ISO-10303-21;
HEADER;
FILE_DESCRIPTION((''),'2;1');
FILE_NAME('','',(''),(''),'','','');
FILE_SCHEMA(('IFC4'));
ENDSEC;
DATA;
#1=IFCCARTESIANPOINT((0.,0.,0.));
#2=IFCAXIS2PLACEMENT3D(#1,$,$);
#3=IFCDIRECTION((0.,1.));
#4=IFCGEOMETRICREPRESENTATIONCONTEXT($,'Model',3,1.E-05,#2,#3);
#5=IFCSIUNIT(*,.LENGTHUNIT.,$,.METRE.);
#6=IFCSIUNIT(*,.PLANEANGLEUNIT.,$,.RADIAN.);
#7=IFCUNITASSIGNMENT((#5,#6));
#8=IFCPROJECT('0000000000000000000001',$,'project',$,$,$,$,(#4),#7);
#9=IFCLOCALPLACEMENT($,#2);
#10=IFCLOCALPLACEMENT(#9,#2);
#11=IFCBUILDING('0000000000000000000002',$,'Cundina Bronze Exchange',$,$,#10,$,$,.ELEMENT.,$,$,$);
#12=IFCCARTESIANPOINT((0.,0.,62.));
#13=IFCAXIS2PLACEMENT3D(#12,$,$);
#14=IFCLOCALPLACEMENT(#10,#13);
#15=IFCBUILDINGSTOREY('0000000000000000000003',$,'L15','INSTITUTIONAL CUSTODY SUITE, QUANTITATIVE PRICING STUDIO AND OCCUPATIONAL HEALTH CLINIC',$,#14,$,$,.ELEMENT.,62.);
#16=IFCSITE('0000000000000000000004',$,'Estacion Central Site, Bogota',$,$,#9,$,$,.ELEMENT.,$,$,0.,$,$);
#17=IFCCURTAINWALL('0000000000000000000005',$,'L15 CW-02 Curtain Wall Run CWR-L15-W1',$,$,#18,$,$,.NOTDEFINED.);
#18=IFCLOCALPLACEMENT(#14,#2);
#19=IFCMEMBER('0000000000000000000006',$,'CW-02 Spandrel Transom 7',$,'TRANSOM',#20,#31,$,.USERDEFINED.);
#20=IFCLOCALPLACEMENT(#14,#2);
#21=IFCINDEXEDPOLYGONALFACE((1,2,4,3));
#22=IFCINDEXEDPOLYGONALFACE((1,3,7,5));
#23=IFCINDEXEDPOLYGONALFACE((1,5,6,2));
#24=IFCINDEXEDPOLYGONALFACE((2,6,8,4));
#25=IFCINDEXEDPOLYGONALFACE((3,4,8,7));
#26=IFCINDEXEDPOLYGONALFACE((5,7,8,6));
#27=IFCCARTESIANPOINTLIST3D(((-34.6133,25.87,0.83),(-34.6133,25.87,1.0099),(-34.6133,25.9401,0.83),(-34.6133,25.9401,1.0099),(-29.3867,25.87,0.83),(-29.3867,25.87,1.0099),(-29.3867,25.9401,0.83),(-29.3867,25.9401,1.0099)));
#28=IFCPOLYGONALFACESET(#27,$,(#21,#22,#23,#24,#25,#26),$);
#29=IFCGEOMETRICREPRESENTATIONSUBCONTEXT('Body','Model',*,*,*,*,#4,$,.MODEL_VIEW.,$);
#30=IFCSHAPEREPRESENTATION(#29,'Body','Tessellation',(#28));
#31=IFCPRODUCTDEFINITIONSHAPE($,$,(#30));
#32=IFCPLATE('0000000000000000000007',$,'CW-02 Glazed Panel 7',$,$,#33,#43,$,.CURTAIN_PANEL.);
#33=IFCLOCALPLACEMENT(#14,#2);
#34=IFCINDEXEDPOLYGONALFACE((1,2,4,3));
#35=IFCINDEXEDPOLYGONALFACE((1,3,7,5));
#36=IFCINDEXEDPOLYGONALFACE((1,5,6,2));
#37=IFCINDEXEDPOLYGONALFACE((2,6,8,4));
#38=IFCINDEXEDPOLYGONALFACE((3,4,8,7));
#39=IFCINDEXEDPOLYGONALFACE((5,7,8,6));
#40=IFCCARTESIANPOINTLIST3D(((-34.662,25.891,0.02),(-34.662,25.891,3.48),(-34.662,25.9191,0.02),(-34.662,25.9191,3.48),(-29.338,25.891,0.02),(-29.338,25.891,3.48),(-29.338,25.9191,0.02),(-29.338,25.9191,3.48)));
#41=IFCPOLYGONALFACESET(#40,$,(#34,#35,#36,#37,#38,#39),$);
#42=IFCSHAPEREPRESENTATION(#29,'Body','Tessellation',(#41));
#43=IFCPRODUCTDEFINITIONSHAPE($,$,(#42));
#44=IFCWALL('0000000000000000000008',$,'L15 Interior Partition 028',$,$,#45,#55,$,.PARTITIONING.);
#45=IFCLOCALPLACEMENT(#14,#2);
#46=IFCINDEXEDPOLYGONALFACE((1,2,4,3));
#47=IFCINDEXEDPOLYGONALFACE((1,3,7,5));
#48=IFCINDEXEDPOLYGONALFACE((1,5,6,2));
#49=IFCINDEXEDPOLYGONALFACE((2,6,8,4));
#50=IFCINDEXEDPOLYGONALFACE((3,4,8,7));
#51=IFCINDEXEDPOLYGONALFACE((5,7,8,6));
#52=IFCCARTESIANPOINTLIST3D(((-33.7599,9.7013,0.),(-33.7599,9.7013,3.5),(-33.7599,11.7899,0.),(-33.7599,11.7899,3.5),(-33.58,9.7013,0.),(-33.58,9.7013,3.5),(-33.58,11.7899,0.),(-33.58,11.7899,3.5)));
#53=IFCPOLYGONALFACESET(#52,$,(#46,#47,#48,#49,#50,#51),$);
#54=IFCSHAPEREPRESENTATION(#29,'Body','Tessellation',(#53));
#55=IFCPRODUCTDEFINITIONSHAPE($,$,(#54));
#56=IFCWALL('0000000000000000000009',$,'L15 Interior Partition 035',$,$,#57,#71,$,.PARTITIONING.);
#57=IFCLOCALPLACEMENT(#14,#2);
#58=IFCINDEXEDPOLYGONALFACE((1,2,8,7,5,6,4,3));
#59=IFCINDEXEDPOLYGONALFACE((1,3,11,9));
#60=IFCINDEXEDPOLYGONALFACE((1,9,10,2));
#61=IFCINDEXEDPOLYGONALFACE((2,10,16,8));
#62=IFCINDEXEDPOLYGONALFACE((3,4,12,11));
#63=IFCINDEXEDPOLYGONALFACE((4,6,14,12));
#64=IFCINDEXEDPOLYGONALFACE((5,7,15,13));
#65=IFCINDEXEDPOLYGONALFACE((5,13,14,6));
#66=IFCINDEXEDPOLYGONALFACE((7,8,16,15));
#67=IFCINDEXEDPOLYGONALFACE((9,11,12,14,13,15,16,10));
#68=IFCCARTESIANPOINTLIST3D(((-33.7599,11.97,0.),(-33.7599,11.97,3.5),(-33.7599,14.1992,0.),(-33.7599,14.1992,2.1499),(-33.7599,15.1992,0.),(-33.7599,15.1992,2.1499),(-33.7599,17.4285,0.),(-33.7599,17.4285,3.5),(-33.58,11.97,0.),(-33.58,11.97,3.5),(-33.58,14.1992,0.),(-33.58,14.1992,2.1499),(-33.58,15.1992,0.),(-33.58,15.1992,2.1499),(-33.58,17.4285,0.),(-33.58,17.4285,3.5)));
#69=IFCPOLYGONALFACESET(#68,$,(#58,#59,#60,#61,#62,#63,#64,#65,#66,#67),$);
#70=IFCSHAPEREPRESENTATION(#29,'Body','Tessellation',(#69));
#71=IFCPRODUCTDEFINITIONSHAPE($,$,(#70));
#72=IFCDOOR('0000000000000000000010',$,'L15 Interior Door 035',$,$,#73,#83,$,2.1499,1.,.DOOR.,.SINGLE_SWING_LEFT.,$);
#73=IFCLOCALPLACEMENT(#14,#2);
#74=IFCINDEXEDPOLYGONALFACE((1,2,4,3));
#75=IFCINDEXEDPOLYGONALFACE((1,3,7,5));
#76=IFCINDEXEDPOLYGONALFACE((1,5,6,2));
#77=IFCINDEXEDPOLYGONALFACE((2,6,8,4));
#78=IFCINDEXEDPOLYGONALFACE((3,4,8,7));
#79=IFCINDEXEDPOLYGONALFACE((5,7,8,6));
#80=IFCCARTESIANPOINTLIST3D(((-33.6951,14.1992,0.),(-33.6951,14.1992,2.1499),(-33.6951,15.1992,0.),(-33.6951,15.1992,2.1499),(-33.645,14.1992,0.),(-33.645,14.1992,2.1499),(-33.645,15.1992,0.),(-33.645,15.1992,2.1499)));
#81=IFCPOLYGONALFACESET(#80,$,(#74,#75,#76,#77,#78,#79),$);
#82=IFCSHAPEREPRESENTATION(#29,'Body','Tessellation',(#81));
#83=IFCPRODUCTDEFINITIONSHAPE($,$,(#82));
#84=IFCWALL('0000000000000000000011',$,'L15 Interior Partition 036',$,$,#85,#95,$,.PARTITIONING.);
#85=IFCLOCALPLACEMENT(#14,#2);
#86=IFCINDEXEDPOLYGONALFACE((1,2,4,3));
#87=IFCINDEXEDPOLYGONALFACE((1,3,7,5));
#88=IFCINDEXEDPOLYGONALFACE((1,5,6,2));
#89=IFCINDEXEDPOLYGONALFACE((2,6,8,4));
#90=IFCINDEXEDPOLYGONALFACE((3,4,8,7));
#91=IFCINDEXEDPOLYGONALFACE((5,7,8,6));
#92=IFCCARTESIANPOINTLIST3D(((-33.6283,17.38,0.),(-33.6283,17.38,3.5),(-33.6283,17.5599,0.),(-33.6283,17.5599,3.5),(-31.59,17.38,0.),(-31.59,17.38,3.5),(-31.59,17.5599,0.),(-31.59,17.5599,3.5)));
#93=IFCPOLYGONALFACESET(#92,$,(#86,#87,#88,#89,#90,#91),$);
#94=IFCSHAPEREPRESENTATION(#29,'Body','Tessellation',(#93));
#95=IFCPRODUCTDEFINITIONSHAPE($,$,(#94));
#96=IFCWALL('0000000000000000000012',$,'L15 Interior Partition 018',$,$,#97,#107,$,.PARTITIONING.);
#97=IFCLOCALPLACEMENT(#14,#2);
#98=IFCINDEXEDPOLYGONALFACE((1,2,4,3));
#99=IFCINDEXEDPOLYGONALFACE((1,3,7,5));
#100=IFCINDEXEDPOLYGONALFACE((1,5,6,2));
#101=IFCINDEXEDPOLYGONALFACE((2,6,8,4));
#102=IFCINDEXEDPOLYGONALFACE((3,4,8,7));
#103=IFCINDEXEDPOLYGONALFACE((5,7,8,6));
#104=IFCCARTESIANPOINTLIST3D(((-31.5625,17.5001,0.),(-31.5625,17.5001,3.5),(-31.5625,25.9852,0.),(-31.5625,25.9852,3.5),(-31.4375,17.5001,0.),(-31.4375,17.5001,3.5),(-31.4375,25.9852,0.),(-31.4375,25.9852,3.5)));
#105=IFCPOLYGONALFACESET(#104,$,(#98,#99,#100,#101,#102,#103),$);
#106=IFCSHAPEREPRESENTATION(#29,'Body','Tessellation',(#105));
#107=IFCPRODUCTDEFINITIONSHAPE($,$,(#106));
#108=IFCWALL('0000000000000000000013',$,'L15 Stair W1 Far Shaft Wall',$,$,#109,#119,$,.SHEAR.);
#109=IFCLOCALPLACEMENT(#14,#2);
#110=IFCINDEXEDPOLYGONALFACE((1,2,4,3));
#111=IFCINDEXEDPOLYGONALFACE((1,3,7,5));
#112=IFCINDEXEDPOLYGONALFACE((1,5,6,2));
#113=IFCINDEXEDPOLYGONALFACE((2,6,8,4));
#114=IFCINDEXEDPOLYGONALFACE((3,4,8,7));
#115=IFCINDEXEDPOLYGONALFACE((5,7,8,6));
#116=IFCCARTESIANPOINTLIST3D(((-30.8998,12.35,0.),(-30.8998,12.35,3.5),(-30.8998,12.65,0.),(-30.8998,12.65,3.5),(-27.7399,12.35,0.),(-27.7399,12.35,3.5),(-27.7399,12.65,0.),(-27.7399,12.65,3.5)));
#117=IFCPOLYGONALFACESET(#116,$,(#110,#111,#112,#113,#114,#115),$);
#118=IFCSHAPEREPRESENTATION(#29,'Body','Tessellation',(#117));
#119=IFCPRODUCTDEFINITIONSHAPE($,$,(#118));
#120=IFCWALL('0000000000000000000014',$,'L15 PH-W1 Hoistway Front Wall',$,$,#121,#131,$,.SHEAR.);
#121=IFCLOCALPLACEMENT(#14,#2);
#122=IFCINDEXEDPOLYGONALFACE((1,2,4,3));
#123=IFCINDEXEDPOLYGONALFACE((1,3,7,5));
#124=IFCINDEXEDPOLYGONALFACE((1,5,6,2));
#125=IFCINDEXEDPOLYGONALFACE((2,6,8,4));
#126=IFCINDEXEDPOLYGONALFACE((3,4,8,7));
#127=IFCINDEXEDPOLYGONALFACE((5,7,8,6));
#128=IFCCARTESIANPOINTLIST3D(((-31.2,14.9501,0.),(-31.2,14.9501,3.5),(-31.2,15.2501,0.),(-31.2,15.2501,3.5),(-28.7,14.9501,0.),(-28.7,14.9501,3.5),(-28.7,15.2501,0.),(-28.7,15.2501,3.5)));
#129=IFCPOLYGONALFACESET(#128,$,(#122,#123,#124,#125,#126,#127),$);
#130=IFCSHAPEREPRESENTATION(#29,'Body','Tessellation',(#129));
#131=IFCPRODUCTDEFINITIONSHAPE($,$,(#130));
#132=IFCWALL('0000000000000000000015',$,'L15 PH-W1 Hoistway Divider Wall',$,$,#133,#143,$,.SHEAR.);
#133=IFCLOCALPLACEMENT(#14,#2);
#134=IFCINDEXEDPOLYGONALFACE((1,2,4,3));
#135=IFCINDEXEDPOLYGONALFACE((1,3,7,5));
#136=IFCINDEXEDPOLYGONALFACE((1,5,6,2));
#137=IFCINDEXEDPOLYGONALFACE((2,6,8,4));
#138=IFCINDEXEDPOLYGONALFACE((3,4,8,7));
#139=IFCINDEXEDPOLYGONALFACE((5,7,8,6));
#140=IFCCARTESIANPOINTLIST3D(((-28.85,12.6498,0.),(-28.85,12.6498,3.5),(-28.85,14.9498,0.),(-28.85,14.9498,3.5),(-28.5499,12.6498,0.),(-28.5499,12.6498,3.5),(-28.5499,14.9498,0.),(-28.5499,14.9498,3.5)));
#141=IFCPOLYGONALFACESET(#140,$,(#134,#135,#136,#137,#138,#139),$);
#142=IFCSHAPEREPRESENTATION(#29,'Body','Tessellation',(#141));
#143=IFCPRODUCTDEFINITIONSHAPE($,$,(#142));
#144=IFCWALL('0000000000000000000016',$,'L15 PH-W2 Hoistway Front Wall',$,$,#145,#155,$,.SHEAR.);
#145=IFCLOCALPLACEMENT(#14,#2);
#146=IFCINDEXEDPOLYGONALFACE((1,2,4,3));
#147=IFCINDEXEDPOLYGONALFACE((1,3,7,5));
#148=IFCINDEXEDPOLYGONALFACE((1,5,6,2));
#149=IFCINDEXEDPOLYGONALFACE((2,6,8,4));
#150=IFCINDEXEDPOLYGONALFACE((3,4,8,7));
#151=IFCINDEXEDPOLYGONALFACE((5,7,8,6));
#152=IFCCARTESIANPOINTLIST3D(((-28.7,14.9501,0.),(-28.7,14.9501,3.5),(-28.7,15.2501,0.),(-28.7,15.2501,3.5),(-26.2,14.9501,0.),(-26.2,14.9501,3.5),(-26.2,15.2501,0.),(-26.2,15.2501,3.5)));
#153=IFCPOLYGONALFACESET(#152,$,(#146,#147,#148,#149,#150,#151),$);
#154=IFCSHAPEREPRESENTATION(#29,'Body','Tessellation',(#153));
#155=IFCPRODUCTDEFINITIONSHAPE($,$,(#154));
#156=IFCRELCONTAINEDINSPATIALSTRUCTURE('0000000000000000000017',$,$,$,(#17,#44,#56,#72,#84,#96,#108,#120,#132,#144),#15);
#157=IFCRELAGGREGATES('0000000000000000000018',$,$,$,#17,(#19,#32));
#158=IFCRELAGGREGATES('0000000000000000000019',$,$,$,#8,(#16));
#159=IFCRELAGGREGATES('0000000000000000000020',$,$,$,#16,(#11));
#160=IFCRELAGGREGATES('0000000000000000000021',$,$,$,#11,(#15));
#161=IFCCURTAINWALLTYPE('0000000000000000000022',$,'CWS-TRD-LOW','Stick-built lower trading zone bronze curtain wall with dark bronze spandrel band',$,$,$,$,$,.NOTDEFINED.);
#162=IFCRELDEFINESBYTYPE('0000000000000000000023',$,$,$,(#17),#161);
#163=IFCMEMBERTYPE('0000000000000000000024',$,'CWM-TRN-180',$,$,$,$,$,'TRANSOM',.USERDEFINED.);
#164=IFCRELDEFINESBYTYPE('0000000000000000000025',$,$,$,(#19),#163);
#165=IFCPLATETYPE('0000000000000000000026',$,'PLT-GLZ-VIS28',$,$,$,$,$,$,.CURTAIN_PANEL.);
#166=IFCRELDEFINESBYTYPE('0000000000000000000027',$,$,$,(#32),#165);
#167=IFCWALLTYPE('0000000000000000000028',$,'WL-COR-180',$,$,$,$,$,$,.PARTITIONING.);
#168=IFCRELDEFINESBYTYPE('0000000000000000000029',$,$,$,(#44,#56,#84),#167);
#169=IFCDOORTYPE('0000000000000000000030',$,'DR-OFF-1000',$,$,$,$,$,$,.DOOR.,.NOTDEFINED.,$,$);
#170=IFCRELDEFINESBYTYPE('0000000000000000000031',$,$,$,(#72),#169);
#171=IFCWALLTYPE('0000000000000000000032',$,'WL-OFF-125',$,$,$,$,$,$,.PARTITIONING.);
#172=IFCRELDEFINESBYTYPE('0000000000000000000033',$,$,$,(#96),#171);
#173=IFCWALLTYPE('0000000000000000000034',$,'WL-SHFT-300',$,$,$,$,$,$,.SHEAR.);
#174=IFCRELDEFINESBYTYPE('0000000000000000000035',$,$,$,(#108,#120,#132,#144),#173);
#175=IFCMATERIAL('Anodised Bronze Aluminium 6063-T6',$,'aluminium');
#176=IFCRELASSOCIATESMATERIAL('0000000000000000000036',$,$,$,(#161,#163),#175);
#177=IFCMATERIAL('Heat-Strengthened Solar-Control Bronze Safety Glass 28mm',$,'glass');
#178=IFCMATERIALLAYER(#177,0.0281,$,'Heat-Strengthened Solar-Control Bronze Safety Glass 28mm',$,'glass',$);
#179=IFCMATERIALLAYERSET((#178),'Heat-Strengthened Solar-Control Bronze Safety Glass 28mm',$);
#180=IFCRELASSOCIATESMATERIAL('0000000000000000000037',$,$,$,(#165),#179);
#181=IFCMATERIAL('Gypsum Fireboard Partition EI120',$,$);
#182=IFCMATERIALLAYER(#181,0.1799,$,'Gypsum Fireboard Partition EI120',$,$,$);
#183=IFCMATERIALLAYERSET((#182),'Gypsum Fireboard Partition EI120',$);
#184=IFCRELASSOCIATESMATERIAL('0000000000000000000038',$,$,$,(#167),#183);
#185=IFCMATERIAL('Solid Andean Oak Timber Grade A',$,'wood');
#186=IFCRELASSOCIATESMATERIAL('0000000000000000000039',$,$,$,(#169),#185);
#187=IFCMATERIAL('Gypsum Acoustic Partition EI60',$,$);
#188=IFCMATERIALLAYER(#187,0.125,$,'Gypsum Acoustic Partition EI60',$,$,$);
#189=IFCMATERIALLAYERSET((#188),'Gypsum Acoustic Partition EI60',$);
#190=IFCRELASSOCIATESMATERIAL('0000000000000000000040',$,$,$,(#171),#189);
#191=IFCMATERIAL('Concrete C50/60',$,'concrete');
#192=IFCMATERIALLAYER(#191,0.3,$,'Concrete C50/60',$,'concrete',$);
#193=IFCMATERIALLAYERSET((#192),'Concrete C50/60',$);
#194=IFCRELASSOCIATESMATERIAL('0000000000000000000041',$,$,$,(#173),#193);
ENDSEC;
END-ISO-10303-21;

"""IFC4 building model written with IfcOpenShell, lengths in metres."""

from ifc_helpers import new_model, si_unit, direction, frame, frame_2d, origin, origin_2d, place, context, subcontext, project, spatial, rectangle, extrude, material, layer, layer_set, material_profile, profile_set, type_object, element, fill, aggregate, save


model = new_model("IFC4")

# Units and contexts
model_context = context("Model", 3, precision=1e-05, world=origin(), true_north=direction((0.0, 1.0)))
body_context = subcontext(model_context, "Body", "Model", "MODEL_VIEW")
ifc_project = project(units=[si_unit("LENGTHUNIT", "METRE"), si_unit("PLANEANGLEUNIT", "RADIAN")], contexts=[model_context])

# Site, building, storey
site_placement = place(None, origin())
site = spatial("IfcSite", under=ifc_project, at=site_placement, Name="Estacion Central Site, Bogota", CompositionType="ELEMENT", RefElevation=0.0)
building_placement = place(site_placement, origin())
building = spatial("IfcBuilding", under=site, at=building_placement, Name="Cundina Bronze Exchange", CompositionType="ELEMENT")
storey_placement = place(building_placement, frame((0.0, 0.0, 62.0)))
storey = spatial("IfcBuildingStorey", under=building, at=storey_placement, Name="L15", Description="INSTITUTIONAL CUSTODY SUITE, QUANTITATIVE PRICING STUDIO AND OCCUPATIONAL HEALTH CLINIC", CompositionType="ELEMENT", Elevation=62.0)

# Curtain wall
ifc_material_1 = material(Name="Anodised Bronze Aluminium 6063-T6", Category="aluminium")
curtain_wall_type = type_object("IfcCurtainWallType", Name="CWS-TRD-LOW", Description="Stick-built lower trading zone bronze curtain wall with dark bronze spandrel band", PredefinedType="NOTDEFINED", material=ifc_material_1)
curtain_wall_1_placement = place(storey_placement, origin())
curtain_wall_1 = element("IfcCurtainWall", 1, at=curtain_wall_1_placement, inside=storey, type_object=curtain_wall_type, Name="L15 CW-02 Curtain Wall Run CWR-L15-W1", PredefinedType="NOTDEFINED")

# Member
ifc_material_profile_1 = material_profile(ifc_material_1, rectangle(XDim=0.0701, YDim=0.1799, at=origin_2d()), Name="AL70X180", Category="aluminium")
ifc_profile_set_1 = profile_set([ifc_material_profile_1], Name="Anodised Bronze Aluminium 6063-T6")
member_type_1 = type_object("IfcMemberType", Name="CWM-TRN-180", ElementType="TRANSOM", PredefinedType="USERDEFINED", material=ifc_profile_set_1)
member_1_placement = place(storey_placement, frame((-29.3867, 25.905, 0.9199), z_axis=(-1.0, 0.0, 0.0), x_axis=(0.0, -1.0, 0.0)))
member_1 = element("IfcMember", 2, at=member_1_placement, type_object=member_type_1, Name="CW-02 Spandrel Transom 7", ObjectType="TRANSOM", PredefinedType="USERDEFINED", context=body_context, shape_type="SweptSolid", body=[
    extrude(rectangle(XDim=0.0701, YDim=0.1799, at=origin_2d()), origin(), (0.0, 0.0, 1.0), 5.2266),
])

# Plate
ifc_material_2 = material(Name="Heat-Strengthened Solar-Control Bronze Safety Glass 28mm", Category="glass")
ifc_layer_1 = layer(ifc_material_2, 0.0281, Name="Heat-Strengthened Solar-Control Bronze Safety Glass 28mm", Category="glass")
ifc_layer_set_1 = layer_set([ifc_layer_1], Name="Heat-Strengthened Solar-Control Bronze Safety Glass 28mm")
plate_type = type_object("IfcPlateType", Name="PLT-GLZ-VIS28", PredefinedType="CURTAIN_PANEL", material=ifc_layer_set_1)
plate_placement = place(storey_placement, frame((-32.0, 25.905, 0.02), z_axis=(0.0, 0.0, 1.0), x_axis=(-1.0, 0.0, 0.0)))
plate = element("IfcPlate", 3, at=plate_placement, type_object=plate_type, Name="CW-02 Glazed Panel 7", PredefinedType="CURTAIN_PANEL", context=body_context, shape_type="SweptSolid", body=[
    extrude(rectangle(XDim=5.324, YDim=0.0281, at=origin_2d()), origin(), (0.0, 0.0, 1.0), 3.46),
])
aggregate(curtain_wall_1, [member_1, plate])

# Shared definitions
ifc_material_3 = material(Name="Gypsum Fireboard Partition EI120")
ifc_layer_2 = layer(ifc_material_3, 0.1799, Name="Gypsum Fireboard Partition EI120")
ifc_layer_set_2 = layer_set([ifc_layer_2], Name="Gypsum Fireboard Partition EI120")
wall_type_1 = type_object("IfcWallType", Name="WL-COR-180", PredefinedType="PARTITIONING", material=ifc_layer_set_2)
ifc_material_4 = material(Name="Solid Andean Oak Timber Grade A", Category="wood")
door_type_1 = type_object("IfcDoorType", Name="DR-OFF-1000", OperationType="NOTDEFINED", PredefinedType="DOOR", material=ifc_material_4)

# Wall
wall_1_placement = place(storey_placement, frame((-33.6699, 11.79, 0.0), z_axis=(0.0, 0.0, 1.0), x_axis=(0.0, -1.0, 0.0)))
element("IfcWall", 4, at=wall_1_placement, inside=storey, type_object=wall_type_1, Name="L15 Interior Partition 028", PredefinedType="PARTITIONING", context=body_context, shape_type="SweptSolid", body=[
    extrude(rectangle(XDim=2.0886, YDim=0.1799, at=frame_2d((1.0444, 0.0))), origin(), (0.0, 0.0, 1.0), 3.5),
])

# Wall, opening, door
wall_2_placement = place(storey_placement, frame((-33.6699, 17.4285, 0.0), z_axis=(0.0, 0.0, 1.0), x_axis=(0.0, -1.0, 0.0)))
wall_2 = element("IfcWall", 5, at=wall_2_placement, inside=storey, type_object=wall_type_1, Name="L15 Interior Partition 035", PredefinedType="PARTITIONING", context=body_context, shape_type="SweptSolid", body=[
    extrude(rectangle(XDim=5.4585, YDim=0.1799, at=frame_2d((2.7292, 0.0))), origin(), (0.0, 0.0, 1.0), 3.5),
])
opening_1_placement = place(wall_2_placement, frame((2.2292, 0.0, 0.0)))
opening_1 = element("IfcOpeningElement", 6, at=opening_1_placement, cuts=wall_2, PredefinedType="OPENING", context=body_context, shape_type="SweptSolid", body=[
    extrude(rectangle(XDim=1.0, YDim=2.1499, at=frame_2d((0.5, 1.075))), frame((0.0, 0.0999, 0.0), z_axis=(0.0, -1.0, 0.0), x_axis=(1.0, 0.0, 0.0)), (0.0, 0.0, 1.0), 0.2),
])
door_1_placement = place(opening_1_placement, origin())
door_1 = element("IfcDoor", 7, at=door_1_placement, inside=storey, type_object=door_type_1, Name="L15 Interior Door 035", OperationType="SINGLE_SWING_LEFT", OverallHeight=2.1499, OverallWidth=1.0, PredefinedType="DOOR", context=body_context, shape_type="SweptSolid", body=[
    extrude(rectangle(XDim=1.0, YDim=2.1499, at=frame_2d((0.5, 1.075))), frame((0.0, 0.0249, 0.0), z_axis=(0.0, -1.0, 0.0), x_axis=(1.0, 0.0, 0.0)), (0.0, 0.0, 1.0), 0.05),
])
fill(opening_1, door_1)

# Walls
wall_3_placement = place(storey_placement, frame((-31.5901, 17.47, 0.0), z_axis=(0.0, 0.0, 1.0), x_axis=(-1.0, 0.0, 0.0)))
element("IfcWall", 8, at=wall_3_placement, inside=storey, type_object=wall_type_1, Name="L15 Interior Partition 036", PredefinedType="PARTITIONING", context=body_context, shape_type="SweptSolid", body=[
    extrude(rectangle(XDim=2.0383, YDim=0.1799, at=frame_2d((1.019, 0.0))), origin(), (0.0, 0.0, 1.0), 3.5),
])
ifc_material_5 = material(Name="Gypsum Acoustic Partition EI60")
ifc_layer_3 = layer(ifc_material_5, 0.125, Name="Gypsum Acoustic Partition EI60")
ifc_layer_set_3 = layer_set([ifc_layer_3], Name="Gypsum Acoustic Partition EI60")
wall_type_2 = type_object("IfcWallType", Name="WL-OFF-125", PredefinedType="PARTITIONING", material=ifc_layer_set_3)
wall_4_placement = place(storey_placement, frame((-31.5, 17.5, 0.0), z_axis=(0.0, 0.0, 1.0), x_axis=(0.0, 1.0, 0.0)))
element("IfcWall", 9, at=wall_4_placement, inside=storey, type_object=wall_type_2, Name="L15 Interior Partition 018", PredefinedType="PARTITIONING", context=body_context, shape_type="SweptSolid", body=[
    extrude(rectangle(XDim=8.4851, YDim=0.125, at=frame_2d((4.2427, 0.0))), origin(), (0.0, 0.0, 1.0), 3.5),
])

# Shared definitions
ifc_material_6 = material(Name="Concrete C50/60", Category="concrete")
ifc_layer_4 = layer(ifc_material_6, 0.3, Name="Concrete C50/60", Category="concrete")
ifc_layer_set_4 = layer_set([ifc_layer_4], Name="Concrete C50/60")
wall_type_3 = type_object("IfcWallType", Name="WL-SHFT-300", PredefinedType="SHEAR", material=ifc_layer_set_4)

# Walls
wall_5_placement = place(storey_placement, frame((-30.8999, 12.5, 0.0), z_axis=(0.0, 0.0, 1.0), x_axis=(1.0, 0.0, 0.0)))
element("IfcWall", 10, at=wall_5_placement, inside=storey, type_object=wall_type_3, Name="L15 Stair W1 Far Shaft Wall", PredefinedType="SHEAR", context=body_context, shape_type="SweptSolid", body=[
    extrude(rectangle(XDim=3.1599, YDim=0.3, at=frame_2d((1.5801, 0.0))), origin(), (0.0, 0.0, 1.0), 3.5),
])
wall_6_placement = place(storey_placement, frame((-31.2, 15.1001, 0.0), z_axis=(0.0, 0.0, 1.0), x_axis=(1.0, 0.0, 0.0)))
element("IfcWall", 11, at=wall_6_placement, inside=storey, type_object=wall_type_3, Name="L15 PH-W1 Hoistway Front Wall", PredefinedType="SHEAR", context=body_context, shape_type="SweptSolid", body=[
    extrude(rectangle(XDim=2.5, YDim=0.3, at=frame_2d((1.25, 0.0))), origin(), (0.0, 0.0, 1.0), 3.5),
])
wall_7_placement = place(storey_placement, frame((-28.7, 12.6499, 0.0), z_axis=(0.0, 0.0, 1.0), x_axis=(0.0, 1.0, 0.0)))
element("IfcWall", 12, at=wall_7_placement, inside=storey, type_object=wall_type_3, Name="L15 PH-W1 Hoistway Divider Wall", PredefinedType="SHEAR", context=body_context, shape_type="SweptSolid", body=[
    extrude(rectangle(XDim=2.3, YDim=0.3, at=frame_2d((1.1499, 0.0))), origin(), (0.0, 0.0, 1.0), 3.5),
])
wall_8_placement = place(storey_placement, frame((-28.7, 15.1001, 0.0), z_axis=(0.0, 0.0, 1.0), x_axis=(1.0, 0.0, 0.0)))
element("IfcWall", 13, at=wall_8_placement, inside=storey, type_object=wall_type_3, Name="L15 PH-W2 Hoistway Front Wall", PredefinedType="SHEAR", context=body_context, shape_type="SweptSolid", body=[
    extrude(rectangle(XDim=2.5, YDim=0.3, at=frame_2d((1.25, 0.0))), origin(), (0.0, 0.0, 1.0), 3.5),
])

save(model, "model.ifc")
